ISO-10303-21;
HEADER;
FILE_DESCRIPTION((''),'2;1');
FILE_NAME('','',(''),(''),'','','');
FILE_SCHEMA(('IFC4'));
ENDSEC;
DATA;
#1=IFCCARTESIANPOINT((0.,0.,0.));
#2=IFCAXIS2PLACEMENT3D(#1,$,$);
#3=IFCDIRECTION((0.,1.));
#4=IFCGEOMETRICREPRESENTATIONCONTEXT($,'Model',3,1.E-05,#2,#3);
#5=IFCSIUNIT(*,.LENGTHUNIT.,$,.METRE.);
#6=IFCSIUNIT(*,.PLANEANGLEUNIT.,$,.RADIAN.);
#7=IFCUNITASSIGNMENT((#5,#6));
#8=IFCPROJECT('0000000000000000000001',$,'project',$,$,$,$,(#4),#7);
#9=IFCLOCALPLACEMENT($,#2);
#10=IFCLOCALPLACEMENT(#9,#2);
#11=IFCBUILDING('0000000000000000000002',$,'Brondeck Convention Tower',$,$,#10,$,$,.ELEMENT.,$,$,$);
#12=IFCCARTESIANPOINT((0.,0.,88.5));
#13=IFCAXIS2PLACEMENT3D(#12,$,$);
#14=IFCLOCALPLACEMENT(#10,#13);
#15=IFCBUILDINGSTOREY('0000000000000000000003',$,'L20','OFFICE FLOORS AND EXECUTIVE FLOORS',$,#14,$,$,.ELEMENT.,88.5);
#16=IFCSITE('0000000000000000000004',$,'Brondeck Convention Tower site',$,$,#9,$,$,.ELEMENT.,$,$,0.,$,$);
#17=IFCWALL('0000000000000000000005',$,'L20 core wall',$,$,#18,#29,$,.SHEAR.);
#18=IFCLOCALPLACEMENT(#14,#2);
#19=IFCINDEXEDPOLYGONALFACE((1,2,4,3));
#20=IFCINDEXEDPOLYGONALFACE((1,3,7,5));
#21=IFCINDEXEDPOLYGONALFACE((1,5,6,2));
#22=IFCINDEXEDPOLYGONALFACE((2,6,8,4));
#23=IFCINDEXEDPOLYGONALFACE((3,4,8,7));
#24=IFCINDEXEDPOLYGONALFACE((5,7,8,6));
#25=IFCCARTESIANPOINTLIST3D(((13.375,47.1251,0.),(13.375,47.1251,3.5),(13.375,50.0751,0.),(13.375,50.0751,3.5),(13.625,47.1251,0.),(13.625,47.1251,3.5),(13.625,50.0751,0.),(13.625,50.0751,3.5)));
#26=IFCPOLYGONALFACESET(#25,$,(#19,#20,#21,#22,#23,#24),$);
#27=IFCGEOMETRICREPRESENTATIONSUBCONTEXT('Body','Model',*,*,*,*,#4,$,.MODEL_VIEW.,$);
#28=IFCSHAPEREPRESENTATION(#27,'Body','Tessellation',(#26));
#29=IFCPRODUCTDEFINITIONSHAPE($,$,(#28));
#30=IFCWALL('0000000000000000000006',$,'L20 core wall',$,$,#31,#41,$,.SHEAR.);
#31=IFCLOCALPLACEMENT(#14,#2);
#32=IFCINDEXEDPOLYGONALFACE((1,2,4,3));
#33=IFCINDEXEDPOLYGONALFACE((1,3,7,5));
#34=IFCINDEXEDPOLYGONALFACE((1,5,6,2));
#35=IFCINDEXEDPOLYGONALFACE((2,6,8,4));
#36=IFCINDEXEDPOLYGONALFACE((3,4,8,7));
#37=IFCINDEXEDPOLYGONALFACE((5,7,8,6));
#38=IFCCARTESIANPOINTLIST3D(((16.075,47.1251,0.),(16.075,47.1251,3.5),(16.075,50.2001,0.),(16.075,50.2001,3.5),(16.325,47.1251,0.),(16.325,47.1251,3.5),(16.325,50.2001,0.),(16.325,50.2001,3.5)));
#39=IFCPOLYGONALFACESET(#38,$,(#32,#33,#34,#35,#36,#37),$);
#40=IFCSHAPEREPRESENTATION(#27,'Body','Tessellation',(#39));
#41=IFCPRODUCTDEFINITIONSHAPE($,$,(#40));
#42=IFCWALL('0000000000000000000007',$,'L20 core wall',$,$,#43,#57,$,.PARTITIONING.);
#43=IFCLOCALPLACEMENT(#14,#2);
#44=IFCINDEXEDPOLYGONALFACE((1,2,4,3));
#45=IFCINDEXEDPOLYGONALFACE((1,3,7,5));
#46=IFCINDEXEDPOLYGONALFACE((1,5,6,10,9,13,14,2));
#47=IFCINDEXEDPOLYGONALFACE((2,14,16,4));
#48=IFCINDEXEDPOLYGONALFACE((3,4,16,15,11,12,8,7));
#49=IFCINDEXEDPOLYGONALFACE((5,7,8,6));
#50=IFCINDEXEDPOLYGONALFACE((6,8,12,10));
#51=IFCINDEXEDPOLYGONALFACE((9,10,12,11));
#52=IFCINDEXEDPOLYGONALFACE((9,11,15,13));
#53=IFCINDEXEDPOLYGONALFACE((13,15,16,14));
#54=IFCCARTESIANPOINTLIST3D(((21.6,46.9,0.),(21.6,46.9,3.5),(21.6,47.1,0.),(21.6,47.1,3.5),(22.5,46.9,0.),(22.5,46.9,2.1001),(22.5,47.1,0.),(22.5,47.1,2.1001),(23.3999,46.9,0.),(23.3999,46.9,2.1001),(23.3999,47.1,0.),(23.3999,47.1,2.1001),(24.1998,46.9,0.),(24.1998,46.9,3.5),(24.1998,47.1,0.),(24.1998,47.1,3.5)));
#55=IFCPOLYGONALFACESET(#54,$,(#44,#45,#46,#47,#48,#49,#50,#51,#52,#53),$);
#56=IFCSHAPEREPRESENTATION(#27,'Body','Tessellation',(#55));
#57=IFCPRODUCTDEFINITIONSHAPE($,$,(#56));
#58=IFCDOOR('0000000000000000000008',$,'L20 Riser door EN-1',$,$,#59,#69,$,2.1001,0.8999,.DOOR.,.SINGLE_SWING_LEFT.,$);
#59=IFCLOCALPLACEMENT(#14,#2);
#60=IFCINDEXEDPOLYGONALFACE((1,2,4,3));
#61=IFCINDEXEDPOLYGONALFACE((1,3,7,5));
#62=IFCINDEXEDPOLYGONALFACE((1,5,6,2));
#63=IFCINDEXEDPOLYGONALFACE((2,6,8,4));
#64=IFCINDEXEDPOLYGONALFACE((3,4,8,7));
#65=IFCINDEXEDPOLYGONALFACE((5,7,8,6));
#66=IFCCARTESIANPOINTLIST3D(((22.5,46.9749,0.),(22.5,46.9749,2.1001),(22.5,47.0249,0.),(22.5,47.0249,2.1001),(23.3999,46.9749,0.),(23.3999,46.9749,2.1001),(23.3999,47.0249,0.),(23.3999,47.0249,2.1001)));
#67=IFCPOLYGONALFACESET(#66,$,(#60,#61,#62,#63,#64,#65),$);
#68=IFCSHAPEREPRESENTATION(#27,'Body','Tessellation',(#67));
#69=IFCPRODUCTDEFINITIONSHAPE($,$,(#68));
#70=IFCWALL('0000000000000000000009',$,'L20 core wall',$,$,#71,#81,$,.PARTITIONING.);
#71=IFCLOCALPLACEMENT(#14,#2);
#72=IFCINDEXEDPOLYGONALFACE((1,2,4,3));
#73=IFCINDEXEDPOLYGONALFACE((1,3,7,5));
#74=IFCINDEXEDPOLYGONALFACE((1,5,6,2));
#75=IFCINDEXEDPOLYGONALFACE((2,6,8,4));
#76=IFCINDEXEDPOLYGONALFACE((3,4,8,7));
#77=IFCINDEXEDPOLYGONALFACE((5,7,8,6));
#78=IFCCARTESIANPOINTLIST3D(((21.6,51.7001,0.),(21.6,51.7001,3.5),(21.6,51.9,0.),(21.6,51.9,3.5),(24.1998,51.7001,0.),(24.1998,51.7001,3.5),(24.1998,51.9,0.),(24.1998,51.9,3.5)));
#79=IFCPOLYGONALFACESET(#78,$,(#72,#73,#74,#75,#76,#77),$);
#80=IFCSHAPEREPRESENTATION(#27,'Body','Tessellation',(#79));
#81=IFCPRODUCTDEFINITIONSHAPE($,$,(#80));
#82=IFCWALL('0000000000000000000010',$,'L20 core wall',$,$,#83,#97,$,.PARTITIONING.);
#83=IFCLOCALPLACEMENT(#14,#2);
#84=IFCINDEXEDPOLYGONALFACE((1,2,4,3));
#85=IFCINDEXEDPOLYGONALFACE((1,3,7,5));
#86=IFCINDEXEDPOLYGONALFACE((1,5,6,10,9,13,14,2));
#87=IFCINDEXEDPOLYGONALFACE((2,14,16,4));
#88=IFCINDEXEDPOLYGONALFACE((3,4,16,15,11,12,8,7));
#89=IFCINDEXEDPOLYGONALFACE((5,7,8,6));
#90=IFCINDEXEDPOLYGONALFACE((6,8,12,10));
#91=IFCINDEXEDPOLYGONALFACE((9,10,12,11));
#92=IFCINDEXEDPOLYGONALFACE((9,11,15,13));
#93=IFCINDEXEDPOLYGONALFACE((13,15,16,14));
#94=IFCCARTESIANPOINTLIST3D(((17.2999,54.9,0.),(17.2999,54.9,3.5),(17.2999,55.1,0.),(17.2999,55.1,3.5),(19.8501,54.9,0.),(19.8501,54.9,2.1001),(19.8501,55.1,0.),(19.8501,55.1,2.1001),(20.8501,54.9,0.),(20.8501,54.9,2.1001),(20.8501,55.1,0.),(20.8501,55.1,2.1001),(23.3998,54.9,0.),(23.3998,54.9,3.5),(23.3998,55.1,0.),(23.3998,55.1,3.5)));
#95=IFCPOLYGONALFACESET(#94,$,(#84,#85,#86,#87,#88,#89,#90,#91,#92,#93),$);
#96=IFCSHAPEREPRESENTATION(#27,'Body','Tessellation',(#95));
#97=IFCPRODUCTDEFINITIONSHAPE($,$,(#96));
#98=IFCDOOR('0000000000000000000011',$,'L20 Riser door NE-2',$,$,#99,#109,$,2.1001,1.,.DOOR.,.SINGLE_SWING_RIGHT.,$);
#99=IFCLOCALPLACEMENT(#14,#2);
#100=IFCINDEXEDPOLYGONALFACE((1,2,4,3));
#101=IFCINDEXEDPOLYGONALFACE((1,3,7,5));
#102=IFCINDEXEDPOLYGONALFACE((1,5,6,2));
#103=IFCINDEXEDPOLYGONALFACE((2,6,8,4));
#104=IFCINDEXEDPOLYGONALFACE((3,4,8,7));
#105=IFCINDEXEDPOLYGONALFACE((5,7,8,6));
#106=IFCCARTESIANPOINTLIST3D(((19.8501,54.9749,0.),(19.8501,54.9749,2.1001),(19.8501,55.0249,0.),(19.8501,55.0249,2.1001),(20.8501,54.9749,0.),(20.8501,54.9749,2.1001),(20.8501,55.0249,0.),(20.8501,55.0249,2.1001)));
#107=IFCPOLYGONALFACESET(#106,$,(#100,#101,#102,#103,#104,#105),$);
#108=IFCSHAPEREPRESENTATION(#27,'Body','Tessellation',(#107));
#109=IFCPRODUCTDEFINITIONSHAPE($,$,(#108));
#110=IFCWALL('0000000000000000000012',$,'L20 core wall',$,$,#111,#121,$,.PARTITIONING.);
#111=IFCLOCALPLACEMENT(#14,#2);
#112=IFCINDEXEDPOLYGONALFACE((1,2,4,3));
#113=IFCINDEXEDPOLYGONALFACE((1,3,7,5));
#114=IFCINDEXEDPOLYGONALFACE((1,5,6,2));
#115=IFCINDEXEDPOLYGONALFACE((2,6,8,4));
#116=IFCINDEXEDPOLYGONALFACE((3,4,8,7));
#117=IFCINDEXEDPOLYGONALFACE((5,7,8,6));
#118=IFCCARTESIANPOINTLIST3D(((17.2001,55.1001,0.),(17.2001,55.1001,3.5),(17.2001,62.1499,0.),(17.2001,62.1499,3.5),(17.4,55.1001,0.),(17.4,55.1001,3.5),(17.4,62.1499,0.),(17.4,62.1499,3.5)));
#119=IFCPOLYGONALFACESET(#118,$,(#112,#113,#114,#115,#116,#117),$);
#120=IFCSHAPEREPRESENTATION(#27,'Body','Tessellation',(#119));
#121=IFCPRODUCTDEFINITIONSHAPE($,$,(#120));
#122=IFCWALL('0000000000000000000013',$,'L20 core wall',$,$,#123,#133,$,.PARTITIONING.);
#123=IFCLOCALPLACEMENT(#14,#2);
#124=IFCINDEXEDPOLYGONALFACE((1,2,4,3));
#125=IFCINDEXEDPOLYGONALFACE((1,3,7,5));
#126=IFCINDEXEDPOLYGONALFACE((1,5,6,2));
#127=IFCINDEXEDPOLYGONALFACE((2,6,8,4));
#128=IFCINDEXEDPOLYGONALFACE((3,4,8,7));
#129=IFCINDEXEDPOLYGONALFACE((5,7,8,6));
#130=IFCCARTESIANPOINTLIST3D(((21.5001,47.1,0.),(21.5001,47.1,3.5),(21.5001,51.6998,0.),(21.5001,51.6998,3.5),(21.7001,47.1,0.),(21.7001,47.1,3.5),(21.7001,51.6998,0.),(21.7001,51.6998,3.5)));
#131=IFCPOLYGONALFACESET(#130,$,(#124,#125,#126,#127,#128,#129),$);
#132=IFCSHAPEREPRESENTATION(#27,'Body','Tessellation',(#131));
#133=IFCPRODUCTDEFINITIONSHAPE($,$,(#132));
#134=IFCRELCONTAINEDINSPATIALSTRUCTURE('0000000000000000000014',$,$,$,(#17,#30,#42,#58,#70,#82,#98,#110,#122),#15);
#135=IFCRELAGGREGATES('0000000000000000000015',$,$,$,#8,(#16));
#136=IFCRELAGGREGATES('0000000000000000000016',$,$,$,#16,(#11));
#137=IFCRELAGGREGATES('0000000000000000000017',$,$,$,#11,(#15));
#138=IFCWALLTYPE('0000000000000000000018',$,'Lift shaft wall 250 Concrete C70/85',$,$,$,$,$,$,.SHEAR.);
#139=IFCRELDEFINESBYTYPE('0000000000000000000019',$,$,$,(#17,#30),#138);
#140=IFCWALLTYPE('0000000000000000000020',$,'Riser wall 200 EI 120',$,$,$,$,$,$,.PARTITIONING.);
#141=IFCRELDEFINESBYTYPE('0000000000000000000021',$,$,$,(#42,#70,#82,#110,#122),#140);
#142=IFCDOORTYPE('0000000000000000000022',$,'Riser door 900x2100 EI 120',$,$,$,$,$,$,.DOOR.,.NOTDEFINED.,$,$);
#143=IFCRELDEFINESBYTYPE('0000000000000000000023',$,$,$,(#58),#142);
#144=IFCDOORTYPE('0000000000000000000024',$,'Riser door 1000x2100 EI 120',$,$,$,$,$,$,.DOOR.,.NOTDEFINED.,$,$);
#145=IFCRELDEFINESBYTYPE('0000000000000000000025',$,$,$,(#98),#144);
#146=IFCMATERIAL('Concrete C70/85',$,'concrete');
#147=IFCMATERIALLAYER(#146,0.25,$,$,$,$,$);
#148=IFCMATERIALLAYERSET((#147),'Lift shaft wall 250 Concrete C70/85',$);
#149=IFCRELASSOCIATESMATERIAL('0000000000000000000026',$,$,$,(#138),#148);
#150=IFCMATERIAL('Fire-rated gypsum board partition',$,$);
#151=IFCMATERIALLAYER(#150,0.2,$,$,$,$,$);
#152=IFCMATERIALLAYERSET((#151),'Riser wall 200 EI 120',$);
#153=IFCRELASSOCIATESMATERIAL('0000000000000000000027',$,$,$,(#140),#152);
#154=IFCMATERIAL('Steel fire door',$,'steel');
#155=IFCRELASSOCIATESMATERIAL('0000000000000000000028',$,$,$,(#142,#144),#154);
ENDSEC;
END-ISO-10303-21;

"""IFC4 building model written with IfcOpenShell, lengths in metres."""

from ifc_helpers import new_model, si_unit, direction, frame, frame_2d, origin, place, context, subcontext, project, spatial, rectangle, extrude, material, layer, layer_set, type_object, element, fill, save


model = new_model("IFC4")

# Units and contexts
model_context = context("Model", 3, precision=1e-05, world=origin(), true_north=direction((0.0, 1.0)))
body_context = subcontext(model_context, "Body", "Model", "MODEL_VIEW")
ifc_project = project(units=[si_unit("LENGTHUNIT", "METRE"), si_unit("PLANEANGLEUNIT", "RADIAN")], contexts=[model_context])

# Site, building, storey
site_placement = place(None, origin())
site = spatial("IfcSite", under=ifc_project, at=site_placement, Name="Brondeck Convention Tower site", CompositionType="ELEMENT", RefElevation=0.0)
building_placement = place(site_placement, origin())
building = spatial("IfcBuilding", under=site, at=building_placement, Name="Brondeck Convention Tower", CompositionType="ELEMENT")
storey_placement = place(building_placement, frame((0.0, 0.0, 88.5)))
storey = spatial("IfcBuildingStorey", under=building, at=storey_placement, Name="L20", Description="OFFICE FLOORS AND EXECUTIVE FLOORS", CompositionType="ELEMENT", Elevation=88.5)

# Shared definitions
ifc_material_1 = material(Name="Fire-rated gypsum board partition")
ifc_material_2 = material(Name="Steel fire door", Category="steel")

# Walls
ifc_material_3 = material(Name="Concrete C70/85", Category="concrete")
ifc_layer_1 = layer(ifc_material_3, 0.25)
ifc_layer_set_1 = layer_set([ifc_layer_1], Name="Lift shaft wall 250 Concrete C70/85")
wall_type_1 = type_object("IfcWallType", Name="Lift shaft wall 250 Concrete C70/85", PredefinedType="SHEAR", material=ifc_layer_set_1)
for number, where, z_axis, x_axis, name in (
    (1, (13.5, 47.125, 0.0), (0.0, 0.0, 1.0), (0.0, 1.0, 0.0), "L20 core wall"),
):
    element("IfcWall", number, at=place(storey_placement, frame(where, z_axis=z_axis, x_axis=x_axis)), inside=storey, type_object=wall_type_1, Name=name, PredefinedType="SHEAR", context=body_context, shape_type="SweptSolid", body=[
        extrude(rectangle(XDim=2.95, YDim=0.25, at=frame_2d((1.4751, 0.0))), origin(), (0.0, 0.0, 1.0), 3.5),
    ])
wall_1_placement = place(storey_placement, frame((16.2, 47.125, 0.0), z_axis=(0.0, 0.0, 1.0), x_axis=(0.0, 1.0, 0.0)))
element("IfcWall", 2, at=wall_1_placement, inside=storey, type_object=wall_type_1, Name="L20 core wall", PredefinedType="SHEAR", context=body_context, shape_type="SweptSolid", body=[
    extrude(rectangle(XDim=3.075, YDim=0.25, at=frame_2d((1.5376, 0.0))), origin(), (0.0, 0.0, 1.0), 3.5),
])

# Wall, opening, door
ifc_layer_2 = layer(ifc_material_1, 0.2)
ifc_layer_set_2 = layer_set([ifc_layer_2], Name="Riser wall 200 EI 120")
wall_type_2 = type_object("IfcWallType", Name="Riser wall 200 EI 120", PredefinedType="PARTITIONING", material=ifc_layer_set_2)
wall_2_placement = place(storey_placement, frame((21.6001, 47.0, 0.0), z_axis=(0.0, 0.0, 1.0), x_axis=(1.0, 0.0, 0.0)))
wall_2 = element("IfcWall", 3, at=wall_2_placement, inside=storey, type_object=wall_type_2, Name="L20 core wall", PredefinedType="PARTITIONING", context=body_context, shape_type="SweptSolid", body=[
    extrude(rectangle(XDim=2.5999, YDim=0.2, at=frame_2d((1.2998, 0.0))), origin(), (0.0, 0.0, 1.0), 3.5),
])
opening_1_placement = place(wall_2_placement, frame((0.8999, 0.0, 0.0)))
opening_1 = element("IfcOpeningElement", 4, at=opening_1_placement, cuts=wall_2, PredefinedType="OPENING", context=body_context, shape_type="SweptSolid", body=[
    extrude(rectangle(XDim=0.8999, YDim=2.1001, at=frame_2d((0.45, 1.05))), frame((0.0, 0.1099, 0.0), z_axis=(0.0, -1.0, 0.0), x_axis=(1.0, 0.0, 0.0)), (0.0, 0.0, 1.0), 0.22),
])
door_type_1 = type_object("IfcDoorType", Name="Riser door 900x2100 EI 120", OperationType="NOTDEFINED", PredefinedType="DOOR", material=ifc_material_2)
door_1_placement = place(opening_1_placement, origin())
door_1 = element("IfcDoor", 5, at=door_1_placement, inside=storey, type_object=door_type_1, Name="L20 Riser door EN-1", OperationType="SINGLE_SWING_LEFT", OverallHeight=2.1001, OverallWidth=0.8999, PredefinedType="DOOR", context=body_context, shape_type="SweptSolid", body=[
    extrude(rectangle(XDim=0.8999, YDim=2.1001, at=frame_2d((0.45, 1.05))), frame((0.0, 0.0249, 0.0), z_axis=(0.0, -1.0, 0.0), x_axis=(1.0, 0.0, 0.0)), (0.0, 0.0, 1.0), 0.05),
])
fill(opening_1, door_1)

# Wall
wall_3_placement = place(storey_placement, frame((21.6001, 51.8, 0.0), z_axis=(0.0, 0.0, 1.0), x_axis=(1.0, 0.0, 0.0)))
element("IfcWall", 6, at=wall_3_placement, inside=storey, type_object=wall_type_2, Name="L20 core wall", PredefinedType="PARTITIONING", context=body_context, shape_type="SweptSolid", body=[
    extrude(rectangle(XDim=2.5999, YDim=0.2, at=frame_2d((1.2998, 0.0))), origin(), (0.0, 0.0, 1.0), 3.5),
])

# Wall, opening, door
wall_4_placement = place(storey_placement, frame((17.3, 55.0, 0.0), z_axis=(0.0, 0.0, 1.0), x_axis=(1.0, 0.0, 0.0)))
wall_4 = element("IfcWall", 7, at=wall_4_placement, inside=storey, type_object=wall_type_2, Name="L20 core wall", PredefinedType="PARTITIONING", context=body_context, shape_type="SweptSolid", body=[
    extrude(rectangle(XDim=6.0999, YDim=0.2, at=frame_2d((3.0498, 0.0))), origin(), (0.0, 0.0, 1.0), 3.5),
])
opening_2_placement = place(wall_4_placement, frame((2.55, 0.0, 0.0)))
opening_2 = element("IfcOpeningElement", 8, at=opening_2_placement, cuts=wall_4, PredefinedType="OPENING", context=body_context, shape_type="SweptSolid", body=[
    extrude(rectangle(XDim=1.0, YDim=2.1001, at=frame_2d((0.5, 1.05))), frame((0.0, 0.1099, 0.0), z_axis=(0.0, -1.0, 0.0), x_axis=(1.0, 0.0, 0.0)), (0.0, 0.0, 1.0), 0.22),
])
door_type_2 = type_object("IfcDoorType", Name="Riser door 1000x2100 EI 120", OperationType="NOTDEFINED", PredefinedType="DOOR", material=ifc_material_2)
door_2_placement = place(opening_2_placement, origin())
door_2 = element("IfcDoor", 9, at=door_2_placement, inside=storey, type_object=door_type_2, Name="L20 Riser door NE-2", OperationType="SINGLE_SWING_RIGHT", OverallHeight=2.1001, OverallWidth=1.0, PredefinedType="DOOR", context=body_context, shape_type="SweptSolid", body=[
    extrude(rectangle(XDim=1.0, YDim=2.1001, at=frame_2d((0.5, 1.05))), frame((0.0, 0.0249, 0.0), z_axis=(0.0, -1.0, 0.0), x_axis=(1.0, 0.0, 0.0)), (0.0, 0.0, 1.0), 0.05),
])
fill(opening_2, door_2)

# Walls
wall_5_placement = place(storey_placement, frame((17.3, 55.1001, 0.0), z_axis=(0.0, 0.0, 1.0), x_axis=(0.0, 1.0, 0.0)))
element("IfcWall", 10, at=wall_5_placement, inside=storey, type_object=wall_type_2, Name="L20 core wall", PredefinedType="PARTITIONING", context=body_context, shape_type="SweptSolid", body=[
    extrude(rectangle(XDim=7.0498, YDim=0.2, at=frame_2d((3.5249, 0.0))), origin(), (0.0, 0.0, 1.0), 3.5),
])
wall_6_placement = place(storey_placement, frame((21.6001, 47.1001, 0.0), z_axis=(0.0, 0.0, 1.0), x_axis=(0.0, 1.0, 0.0)))
element("IfcWall", 11, at=wall_6_placement, inside=storey, type_object=wall_type_2, Name="L20 core wall", PredefinedType="PARTITIONING", context=body_context, shape_type="SweptSolid", body=[
    extrude(rectangle(XDim=4.5999, YDim=0.2, at=frame_2d((2.2998, 0.0))), origin(), (0.0, 0.0, 1.0), 3.5),
])

save(model, "model.ifc")
